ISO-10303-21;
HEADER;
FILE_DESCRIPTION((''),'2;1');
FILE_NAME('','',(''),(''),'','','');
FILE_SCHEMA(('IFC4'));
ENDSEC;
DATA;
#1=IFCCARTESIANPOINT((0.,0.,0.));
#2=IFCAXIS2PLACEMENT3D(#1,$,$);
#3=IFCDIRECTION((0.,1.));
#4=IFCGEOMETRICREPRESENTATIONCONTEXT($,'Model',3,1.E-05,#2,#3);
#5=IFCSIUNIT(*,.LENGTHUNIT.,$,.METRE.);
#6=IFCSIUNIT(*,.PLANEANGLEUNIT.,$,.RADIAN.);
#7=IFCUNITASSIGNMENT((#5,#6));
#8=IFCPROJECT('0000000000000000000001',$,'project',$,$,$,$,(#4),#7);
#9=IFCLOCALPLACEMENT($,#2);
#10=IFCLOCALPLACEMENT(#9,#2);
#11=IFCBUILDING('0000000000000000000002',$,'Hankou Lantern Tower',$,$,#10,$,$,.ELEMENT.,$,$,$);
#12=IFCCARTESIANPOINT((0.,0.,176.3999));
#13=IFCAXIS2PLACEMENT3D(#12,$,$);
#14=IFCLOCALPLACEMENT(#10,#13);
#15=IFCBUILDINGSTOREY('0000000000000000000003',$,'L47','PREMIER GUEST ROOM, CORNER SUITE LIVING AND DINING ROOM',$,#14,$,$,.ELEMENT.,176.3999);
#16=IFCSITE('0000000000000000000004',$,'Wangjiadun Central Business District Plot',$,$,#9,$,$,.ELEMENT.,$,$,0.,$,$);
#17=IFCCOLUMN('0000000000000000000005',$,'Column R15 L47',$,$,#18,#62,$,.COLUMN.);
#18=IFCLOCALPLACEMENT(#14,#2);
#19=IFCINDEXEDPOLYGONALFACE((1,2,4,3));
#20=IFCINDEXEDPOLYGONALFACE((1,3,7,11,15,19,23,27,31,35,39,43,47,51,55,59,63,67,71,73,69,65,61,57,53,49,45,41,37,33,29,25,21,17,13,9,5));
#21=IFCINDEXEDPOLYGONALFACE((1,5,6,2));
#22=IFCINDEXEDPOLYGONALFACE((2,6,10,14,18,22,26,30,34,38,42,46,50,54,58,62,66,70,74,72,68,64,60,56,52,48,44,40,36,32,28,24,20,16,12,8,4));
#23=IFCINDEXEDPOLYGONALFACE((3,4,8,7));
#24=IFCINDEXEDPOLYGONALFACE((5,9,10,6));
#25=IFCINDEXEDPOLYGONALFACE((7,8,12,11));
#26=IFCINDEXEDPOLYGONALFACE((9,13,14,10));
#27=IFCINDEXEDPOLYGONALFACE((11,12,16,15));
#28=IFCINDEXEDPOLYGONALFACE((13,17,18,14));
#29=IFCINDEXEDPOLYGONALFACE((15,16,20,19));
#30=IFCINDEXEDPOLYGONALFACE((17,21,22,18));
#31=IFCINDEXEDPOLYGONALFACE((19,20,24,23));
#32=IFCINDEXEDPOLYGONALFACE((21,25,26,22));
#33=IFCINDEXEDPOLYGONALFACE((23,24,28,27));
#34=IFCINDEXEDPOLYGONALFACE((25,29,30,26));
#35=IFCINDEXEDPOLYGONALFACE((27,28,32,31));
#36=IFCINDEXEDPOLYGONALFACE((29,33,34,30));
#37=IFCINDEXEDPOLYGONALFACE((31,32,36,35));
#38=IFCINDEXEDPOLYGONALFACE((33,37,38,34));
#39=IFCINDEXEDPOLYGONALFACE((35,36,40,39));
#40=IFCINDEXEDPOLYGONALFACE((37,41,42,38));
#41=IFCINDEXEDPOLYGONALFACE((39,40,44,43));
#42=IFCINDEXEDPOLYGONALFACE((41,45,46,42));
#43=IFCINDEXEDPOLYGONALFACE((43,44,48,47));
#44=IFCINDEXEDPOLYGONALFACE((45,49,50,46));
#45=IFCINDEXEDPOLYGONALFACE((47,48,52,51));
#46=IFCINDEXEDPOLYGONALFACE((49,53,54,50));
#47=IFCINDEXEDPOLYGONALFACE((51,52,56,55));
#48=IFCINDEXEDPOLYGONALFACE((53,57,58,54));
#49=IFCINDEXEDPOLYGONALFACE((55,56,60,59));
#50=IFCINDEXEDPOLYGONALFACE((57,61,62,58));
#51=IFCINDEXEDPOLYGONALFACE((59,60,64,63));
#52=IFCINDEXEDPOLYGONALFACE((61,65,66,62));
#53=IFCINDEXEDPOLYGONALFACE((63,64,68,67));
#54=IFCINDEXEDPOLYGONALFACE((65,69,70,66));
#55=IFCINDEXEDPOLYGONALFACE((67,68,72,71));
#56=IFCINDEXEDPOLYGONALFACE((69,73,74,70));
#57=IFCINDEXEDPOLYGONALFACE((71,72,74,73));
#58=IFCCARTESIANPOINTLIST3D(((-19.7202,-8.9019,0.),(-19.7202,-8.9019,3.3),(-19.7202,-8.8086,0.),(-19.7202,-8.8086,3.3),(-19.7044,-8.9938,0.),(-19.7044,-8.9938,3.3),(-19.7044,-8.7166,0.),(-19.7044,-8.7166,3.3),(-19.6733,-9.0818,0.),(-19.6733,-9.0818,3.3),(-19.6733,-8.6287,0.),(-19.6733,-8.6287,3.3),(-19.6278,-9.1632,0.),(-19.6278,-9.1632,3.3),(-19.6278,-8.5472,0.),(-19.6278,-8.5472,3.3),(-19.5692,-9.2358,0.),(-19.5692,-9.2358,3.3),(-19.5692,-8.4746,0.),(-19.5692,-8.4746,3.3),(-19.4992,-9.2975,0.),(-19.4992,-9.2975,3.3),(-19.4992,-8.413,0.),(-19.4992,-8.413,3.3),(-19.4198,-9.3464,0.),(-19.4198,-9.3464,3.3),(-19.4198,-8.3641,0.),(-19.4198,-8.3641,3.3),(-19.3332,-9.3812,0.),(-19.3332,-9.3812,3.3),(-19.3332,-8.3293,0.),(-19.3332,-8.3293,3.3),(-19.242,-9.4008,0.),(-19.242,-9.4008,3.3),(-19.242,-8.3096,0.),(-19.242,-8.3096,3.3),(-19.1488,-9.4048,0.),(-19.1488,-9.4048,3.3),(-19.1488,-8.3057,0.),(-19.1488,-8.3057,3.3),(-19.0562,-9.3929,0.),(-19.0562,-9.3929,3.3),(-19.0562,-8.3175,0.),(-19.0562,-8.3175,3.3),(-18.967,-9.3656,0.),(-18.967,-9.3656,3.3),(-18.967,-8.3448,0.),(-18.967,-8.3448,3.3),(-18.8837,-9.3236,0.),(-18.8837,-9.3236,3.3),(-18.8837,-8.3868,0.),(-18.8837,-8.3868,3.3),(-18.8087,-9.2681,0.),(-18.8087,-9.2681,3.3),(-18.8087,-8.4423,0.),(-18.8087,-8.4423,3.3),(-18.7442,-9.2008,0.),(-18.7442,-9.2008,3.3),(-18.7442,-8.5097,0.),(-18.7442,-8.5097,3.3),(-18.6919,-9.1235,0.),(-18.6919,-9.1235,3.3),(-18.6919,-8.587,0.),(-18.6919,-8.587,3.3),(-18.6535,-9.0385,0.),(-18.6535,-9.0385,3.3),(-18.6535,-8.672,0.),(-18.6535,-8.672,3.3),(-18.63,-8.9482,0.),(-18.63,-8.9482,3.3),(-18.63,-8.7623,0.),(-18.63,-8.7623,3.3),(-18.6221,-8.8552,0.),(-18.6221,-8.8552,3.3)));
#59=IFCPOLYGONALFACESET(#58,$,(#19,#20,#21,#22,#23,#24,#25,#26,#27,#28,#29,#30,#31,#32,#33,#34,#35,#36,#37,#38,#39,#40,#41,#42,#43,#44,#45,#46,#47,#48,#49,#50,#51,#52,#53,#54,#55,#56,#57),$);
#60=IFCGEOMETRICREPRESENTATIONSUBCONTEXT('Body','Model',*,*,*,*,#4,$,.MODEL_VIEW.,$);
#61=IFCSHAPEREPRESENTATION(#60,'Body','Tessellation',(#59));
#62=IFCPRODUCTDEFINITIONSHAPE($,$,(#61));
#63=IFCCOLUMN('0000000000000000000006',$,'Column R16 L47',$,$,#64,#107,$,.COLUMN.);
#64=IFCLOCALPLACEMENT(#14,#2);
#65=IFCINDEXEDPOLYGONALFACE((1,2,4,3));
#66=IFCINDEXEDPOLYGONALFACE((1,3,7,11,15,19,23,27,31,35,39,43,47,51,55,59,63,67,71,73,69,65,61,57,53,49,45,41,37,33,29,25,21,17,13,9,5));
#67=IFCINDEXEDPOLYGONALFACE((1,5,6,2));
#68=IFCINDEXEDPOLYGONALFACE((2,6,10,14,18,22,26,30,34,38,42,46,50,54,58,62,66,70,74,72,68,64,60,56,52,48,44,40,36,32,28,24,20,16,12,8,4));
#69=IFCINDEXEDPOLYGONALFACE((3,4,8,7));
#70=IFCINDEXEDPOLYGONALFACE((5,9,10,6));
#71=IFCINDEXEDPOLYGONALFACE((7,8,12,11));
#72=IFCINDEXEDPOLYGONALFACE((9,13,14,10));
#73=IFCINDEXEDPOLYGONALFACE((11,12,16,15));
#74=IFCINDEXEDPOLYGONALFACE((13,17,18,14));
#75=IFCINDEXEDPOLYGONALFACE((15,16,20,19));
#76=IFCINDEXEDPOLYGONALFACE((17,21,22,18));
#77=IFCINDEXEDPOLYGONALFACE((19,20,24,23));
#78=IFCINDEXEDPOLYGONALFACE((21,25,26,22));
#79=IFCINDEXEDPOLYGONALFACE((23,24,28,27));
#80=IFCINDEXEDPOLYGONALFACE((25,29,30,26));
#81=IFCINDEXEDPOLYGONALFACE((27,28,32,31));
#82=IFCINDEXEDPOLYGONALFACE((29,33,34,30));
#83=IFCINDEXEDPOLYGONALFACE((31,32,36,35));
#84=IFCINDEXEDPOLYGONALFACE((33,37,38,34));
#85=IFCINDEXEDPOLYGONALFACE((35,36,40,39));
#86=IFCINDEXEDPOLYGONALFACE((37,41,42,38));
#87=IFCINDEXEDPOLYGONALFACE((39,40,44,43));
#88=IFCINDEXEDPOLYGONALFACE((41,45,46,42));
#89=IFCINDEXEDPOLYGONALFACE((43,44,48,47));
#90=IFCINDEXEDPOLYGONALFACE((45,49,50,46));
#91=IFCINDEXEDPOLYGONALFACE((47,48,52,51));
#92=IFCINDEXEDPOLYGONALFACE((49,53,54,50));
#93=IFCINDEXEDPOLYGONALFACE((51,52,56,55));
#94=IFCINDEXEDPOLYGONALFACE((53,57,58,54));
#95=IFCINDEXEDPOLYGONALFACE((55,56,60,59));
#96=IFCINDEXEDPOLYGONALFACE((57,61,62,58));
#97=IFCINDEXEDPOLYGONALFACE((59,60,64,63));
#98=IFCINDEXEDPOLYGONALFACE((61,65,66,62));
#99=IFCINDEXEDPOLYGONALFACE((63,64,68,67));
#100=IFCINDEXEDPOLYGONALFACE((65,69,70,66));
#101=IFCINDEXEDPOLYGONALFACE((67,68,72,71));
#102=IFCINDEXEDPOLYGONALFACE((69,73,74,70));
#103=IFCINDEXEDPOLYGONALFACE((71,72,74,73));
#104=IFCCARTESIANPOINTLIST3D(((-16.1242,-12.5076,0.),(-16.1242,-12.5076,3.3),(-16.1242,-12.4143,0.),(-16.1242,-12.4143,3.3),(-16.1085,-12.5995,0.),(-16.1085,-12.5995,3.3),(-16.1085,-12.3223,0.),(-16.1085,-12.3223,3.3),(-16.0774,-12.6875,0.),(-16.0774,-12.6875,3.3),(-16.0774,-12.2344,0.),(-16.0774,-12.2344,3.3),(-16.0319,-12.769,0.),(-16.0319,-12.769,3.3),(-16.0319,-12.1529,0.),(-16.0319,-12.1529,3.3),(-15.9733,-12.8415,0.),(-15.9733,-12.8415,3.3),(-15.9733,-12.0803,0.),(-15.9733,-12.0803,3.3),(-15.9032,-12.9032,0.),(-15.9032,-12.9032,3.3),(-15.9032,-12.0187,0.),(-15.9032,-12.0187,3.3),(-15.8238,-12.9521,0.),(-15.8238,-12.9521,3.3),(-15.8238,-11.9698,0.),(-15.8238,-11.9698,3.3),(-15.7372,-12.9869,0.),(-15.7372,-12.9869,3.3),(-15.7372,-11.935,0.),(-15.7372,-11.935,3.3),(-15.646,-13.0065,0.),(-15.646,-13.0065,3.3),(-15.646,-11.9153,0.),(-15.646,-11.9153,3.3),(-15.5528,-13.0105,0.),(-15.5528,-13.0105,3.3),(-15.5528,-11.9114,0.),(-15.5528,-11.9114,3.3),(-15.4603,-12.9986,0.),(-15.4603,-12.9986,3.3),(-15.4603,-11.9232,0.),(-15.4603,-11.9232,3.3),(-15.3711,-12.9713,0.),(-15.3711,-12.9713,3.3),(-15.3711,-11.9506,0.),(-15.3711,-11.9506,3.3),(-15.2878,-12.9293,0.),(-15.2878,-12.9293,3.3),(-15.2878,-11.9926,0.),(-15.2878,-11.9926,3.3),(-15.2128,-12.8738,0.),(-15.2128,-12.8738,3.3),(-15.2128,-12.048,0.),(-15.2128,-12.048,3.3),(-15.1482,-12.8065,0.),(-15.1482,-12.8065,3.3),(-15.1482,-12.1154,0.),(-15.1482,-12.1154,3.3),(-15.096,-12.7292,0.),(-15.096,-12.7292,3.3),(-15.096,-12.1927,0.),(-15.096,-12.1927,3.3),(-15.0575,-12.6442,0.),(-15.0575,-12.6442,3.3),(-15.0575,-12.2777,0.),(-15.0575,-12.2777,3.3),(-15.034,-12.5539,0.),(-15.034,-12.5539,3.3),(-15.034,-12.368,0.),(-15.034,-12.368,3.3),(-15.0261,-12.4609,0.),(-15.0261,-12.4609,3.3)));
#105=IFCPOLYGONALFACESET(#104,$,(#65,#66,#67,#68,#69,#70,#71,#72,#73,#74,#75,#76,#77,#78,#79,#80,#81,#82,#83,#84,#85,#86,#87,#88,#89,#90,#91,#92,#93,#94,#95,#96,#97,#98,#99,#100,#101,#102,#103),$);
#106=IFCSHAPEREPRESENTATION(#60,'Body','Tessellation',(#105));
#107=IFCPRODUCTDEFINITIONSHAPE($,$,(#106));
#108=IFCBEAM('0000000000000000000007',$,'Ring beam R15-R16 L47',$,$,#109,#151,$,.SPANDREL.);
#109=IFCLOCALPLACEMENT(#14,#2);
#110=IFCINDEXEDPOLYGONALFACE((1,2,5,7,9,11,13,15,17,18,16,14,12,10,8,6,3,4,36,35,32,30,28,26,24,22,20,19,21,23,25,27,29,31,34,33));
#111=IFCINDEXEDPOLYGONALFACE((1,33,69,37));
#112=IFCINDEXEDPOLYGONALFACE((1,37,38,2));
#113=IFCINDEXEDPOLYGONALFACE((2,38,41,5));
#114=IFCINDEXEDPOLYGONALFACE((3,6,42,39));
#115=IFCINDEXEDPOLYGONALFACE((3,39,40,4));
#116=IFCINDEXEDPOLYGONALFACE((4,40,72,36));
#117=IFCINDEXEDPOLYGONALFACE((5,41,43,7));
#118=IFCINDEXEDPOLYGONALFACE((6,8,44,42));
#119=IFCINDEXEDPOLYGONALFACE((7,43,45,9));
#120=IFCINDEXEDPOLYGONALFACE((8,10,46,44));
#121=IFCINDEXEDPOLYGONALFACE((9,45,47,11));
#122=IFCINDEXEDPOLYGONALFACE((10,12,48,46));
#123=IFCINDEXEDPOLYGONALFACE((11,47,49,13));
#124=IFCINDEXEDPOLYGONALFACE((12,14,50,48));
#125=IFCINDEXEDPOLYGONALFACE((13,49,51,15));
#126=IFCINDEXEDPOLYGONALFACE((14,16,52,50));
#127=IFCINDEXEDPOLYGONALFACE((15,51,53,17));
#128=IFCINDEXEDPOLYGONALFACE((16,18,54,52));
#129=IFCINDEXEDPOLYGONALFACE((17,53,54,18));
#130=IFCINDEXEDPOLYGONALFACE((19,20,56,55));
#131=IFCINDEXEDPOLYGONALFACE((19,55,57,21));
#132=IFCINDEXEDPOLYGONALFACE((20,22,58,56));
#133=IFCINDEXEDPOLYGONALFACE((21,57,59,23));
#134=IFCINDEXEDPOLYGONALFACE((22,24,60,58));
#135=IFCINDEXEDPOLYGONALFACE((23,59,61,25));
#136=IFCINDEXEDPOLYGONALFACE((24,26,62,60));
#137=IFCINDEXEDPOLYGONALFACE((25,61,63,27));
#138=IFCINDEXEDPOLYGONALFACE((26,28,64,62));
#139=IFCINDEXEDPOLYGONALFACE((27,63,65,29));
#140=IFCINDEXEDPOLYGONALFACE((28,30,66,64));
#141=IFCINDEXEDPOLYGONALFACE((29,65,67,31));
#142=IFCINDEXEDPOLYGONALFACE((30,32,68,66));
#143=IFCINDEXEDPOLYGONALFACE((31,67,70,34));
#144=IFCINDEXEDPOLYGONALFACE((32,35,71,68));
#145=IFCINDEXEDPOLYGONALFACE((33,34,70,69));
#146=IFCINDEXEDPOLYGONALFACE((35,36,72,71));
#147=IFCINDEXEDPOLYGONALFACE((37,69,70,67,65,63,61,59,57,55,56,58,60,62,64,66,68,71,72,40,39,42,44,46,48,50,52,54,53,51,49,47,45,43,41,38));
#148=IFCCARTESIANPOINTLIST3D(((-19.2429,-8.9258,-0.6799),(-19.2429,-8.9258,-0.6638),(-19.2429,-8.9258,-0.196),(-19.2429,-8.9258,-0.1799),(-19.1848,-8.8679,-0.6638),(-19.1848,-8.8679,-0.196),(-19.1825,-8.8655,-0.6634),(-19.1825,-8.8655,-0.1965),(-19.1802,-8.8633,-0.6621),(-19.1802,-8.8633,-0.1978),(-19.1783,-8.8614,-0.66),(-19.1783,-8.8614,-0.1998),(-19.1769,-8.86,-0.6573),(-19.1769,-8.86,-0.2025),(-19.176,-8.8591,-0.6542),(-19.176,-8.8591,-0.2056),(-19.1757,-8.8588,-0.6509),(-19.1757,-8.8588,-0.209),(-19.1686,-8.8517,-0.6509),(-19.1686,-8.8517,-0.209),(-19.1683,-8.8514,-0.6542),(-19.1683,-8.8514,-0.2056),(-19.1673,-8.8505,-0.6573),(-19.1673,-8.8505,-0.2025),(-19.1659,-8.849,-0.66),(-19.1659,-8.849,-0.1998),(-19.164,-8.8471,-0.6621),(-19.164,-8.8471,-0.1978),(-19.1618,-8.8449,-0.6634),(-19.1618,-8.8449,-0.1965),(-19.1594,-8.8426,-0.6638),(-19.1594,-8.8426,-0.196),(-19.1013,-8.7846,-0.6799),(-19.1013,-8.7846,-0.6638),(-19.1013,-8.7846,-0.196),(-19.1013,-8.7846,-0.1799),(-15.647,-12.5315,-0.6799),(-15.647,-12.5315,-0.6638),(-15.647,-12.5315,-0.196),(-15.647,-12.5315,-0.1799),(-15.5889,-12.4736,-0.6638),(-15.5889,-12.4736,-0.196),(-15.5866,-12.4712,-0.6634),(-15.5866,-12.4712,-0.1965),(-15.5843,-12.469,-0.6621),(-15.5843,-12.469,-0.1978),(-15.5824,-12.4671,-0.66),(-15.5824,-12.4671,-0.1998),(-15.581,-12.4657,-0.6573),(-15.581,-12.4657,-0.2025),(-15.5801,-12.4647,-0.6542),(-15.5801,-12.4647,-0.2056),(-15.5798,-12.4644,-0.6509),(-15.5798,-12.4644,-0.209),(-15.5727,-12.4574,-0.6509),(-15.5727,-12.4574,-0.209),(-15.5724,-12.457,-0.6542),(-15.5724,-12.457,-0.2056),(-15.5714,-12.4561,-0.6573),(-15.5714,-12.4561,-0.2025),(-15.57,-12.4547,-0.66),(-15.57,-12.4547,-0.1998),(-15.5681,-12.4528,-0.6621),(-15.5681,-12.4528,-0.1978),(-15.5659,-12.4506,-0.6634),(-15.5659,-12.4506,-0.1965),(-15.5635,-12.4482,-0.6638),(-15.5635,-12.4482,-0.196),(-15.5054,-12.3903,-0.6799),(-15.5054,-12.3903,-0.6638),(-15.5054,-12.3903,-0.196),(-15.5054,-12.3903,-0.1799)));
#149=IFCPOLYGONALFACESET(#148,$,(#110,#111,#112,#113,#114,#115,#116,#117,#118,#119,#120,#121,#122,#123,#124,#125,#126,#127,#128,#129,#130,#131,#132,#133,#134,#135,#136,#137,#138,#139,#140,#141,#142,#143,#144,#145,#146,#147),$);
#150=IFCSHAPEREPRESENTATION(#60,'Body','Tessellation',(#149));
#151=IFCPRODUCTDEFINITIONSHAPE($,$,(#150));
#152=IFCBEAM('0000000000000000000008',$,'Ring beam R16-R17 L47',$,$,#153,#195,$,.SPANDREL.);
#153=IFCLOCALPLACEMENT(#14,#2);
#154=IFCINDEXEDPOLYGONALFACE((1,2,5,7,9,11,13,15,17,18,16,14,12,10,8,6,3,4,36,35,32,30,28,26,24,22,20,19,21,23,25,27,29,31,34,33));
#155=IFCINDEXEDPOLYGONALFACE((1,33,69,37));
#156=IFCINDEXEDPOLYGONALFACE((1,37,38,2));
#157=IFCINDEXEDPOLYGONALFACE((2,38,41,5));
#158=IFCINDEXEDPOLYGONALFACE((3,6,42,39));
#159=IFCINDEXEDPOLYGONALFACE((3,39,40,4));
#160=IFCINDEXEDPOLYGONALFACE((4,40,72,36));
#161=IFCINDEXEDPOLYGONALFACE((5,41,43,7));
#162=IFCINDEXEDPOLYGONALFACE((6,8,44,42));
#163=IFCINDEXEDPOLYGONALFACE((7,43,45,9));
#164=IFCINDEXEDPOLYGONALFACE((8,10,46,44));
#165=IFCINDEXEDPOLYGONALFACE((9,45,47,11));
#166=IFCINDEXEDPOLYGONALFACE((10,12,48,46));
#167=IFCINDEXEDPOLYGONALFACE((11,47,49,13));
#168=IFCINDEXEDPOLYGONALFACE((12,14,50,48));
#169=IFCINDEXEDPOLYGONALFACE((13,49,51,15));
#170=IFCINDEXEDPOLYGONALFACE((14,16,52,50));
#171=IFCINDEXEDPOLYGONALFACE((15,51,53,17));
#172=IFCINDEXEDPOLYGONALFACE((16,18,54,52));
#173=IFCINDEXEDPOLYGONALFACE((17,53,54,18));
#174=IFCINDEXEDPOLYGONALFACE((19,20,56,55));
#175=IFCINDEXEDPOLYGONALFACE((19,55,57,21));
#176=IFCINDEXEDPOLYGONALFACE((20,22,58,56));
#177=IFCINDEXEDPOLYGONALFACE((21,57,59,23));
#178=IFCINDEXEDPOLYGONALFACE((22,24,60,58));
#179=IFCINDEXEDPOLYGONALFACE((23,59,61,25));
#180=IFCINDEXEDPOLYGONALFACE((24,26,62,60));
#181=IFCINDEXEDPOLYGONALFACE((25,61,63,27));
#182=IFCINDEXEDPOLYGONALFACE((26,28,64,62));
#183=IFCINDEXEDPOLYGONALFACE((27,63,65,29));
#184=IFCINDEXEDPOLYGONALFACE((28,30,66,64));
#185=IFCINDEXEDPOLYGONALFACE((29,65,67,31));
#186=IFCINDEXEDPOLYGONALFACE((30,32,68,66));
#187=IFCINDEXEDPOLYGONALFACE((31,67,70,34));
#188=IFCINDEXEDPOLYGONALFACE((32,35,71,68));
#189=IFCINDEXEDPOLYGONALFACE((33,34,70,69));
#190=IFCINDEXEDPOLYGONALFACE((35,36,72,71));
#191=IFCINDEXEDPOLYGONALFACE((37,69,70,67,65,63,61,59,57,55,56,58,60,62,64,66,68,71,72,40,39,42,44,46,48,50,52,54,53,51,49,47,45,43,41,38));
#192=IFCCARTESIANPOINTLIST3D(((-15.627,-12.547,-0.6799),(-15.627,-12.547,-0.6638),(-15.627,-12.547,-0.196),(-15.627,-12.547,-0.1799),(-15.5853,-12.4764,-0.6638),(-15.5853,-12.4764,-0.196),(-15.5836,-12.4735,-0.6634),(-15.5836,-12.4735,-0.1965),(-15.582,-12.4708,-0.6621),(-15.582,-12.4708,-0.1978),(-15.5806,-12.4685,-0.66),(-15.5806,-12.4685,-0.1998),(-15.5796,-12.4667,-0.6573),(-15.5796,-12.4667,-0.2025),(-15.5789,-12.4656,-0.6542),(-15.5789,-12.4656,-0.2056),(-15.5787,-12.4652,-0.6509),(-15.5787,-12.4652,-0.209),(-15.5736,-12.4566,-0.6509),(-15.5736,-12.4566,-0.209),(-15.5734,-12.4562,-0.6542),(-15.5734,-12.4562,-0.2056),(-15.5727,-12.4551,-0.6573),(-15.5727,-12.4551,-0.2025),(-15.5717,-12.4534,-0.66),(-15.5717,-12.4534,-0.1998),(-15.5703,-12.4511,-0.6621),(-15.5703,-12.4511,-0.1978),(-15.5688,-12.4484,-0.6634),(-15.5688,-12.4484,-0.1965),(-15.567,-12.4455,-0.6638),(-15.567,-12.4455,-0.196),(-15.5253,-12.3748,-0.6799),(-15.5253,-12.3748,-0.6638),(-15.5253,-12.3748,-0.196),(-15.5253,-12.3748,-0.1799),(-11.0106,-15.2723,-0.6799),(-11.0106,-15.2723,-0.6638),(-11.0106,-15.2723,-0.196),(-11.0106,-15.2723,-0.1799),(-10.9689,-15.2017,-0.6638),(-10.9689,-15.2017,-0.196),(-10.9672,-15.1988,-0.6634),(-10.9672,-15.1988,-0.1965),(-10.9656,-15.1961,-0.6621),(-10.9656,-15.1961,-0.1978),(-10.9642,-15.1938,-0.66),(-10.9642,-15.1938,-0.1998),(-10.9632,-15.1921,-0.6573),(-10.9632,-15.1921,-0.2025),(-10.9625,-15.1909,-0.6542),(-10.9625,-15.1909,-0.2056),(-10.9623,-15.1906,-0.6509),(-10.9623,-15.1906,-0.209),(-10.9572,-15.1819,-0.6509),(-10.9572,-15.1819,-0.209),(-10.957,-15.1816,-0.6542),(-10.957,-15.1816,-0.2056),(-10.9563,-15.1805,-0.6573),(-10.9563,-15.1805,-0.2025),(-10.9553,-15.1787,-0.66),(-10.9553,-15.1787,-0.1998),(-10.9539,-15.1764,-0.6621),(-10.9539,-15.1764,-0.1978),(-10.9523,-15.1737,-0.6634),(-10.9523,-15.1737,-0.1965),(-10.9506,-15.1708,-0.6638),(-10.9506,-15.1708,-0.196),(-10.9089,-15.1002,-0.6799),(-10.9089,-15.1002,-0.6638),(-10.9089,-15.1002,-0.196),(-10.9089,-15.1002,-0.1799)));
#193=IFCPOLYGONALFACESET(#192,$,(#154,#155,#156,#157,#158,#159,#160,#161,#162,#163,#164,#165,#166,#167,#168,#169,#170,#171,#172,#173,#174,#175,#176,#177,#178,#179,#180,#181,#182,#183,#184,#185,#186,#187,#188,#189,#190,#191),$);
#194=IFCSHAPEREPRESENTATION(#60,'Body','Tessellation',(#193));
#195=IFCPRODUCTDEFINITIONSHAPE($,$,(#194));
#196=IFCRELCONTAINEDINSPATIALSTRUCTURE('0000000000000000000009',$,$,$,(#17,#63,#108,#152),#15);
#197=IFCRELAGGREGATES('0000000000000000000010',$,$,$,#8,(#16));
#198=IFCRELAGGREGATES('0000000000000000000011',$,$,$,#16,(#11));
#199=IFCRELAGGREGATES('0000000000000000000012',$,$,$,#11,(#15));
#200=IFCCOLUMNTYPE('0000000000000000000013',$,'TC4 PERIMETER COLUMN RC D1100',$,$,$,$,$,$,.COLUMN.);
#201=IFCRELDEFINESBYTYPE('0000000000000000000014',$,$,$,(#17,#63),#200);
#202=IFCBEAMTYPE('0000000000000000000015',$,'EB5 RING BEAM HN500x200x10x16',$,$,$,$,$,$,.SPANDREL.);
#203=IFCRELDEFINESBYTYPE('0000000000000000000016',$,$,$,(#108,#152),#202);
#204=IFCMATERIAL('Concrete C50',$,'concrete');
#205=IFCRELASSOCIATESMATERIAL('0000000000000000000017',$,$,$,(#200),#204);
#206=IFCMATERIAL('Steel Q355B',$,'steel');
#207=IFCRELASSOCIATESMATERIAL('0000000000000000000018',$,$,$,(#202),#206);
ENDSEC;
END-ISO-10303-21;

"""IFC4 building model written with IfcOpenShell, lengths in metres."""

from ifc_helpers import new_model, si_unit, direction, frame, origin, origin_2d, place, context, subcontext, project, spatial, circle, i_section, extrude, material, material_profile, profile_set, type_object, element, save


model = new_model("IFC4")

# Units and contexts
model_context = context("Model", 3, precision=1e-05, world=origin(), true_north=direction((0.0, 1.0)))
body_context = subcontext(model_context, "Body", "Model", "MODEL_VIEW")
ifc_project = project(units=[si_unit("LENGTHUNIT", "METRE"), si_unit("PLANEANGLEUNIT", "RADIAN")], contexts=[model_context])

# Site, building, storey
site_placement = place(None, origin())
site = spatial("IfcSite", under=ifc_project, at=site_placement, Name="Wangjiadun Central Business District Plot", CompositionType="ELEMENT", RefElevation=0.0)
building_placement = place(site_placement, origin())
building = spatial("IfcBuilding", under=site, at=building_placement, Name="Hankou Lantern Tower", CompositionType="ELEMENT")
storey_placement = place(building_placement, frame((0.0, 0.0, 176.3999)))
storey = spatial("IfcBuildingStorey", under=building, at=storey_placement, Name="L47", Description="PREMIER GUEST ROOM, CORNER SUITE LIVING AND DINING ROOM", CompositionType="ELEMENT", Elevation=176.3999)

# Columns
ifc_material_1 = material(Name="Concrete C50", Category="concrete")
ifc_material_profile_1 = material_profile(ifc_material_1, circle(Radius=0.55, at=origin_2d()), Name="RC D1100")
ifc_profile_set_1 = profile_set([ifc_material_profile_1], Name="Concrete C50")
column_type = type_object("IfcColumnType", Name="TC4 PERIMETER COLUMN RC D1100", PredefinedType="COLUMN", material=ifc_profile_set_1)
for number, where, z_axis, x_axis, name in (
    (1, (-19.1721, -8.8552, 0.0), (0.0, 0.0, 1.0), (1.0, 0.0, 0.0), "Column R15 L47"),
    (2, (-15.5762, -12.4609, 0.0), (0.0, 0.0, 1.0), (1.0, 0.0, 0.0), "Column R16 L47"),
):
    element("IfcColumn", number, at=place(storey_placement, frame(where, z_axis=z_axis, x_axis=x_axis)), inside=storey, type_object=column_type, Name=name, PredefinedType="COLUMN", context=body_context, shape_type="SweptSolid", body=[
        extrude(circle(Radius=0.55, at=origin_2d()), origin(), (0.0, 0.0, 1.0), 3.3),
    ])

# Beams
ifc_material_2 = material(Name="Steel Q355B", Category="steel")
ifc_material_profile_2 = material_profile(ifc_material_2, i_section(OverallWidth=0.2, OverallDepth=0.5, WebThickness=0.01, FlangeThickness=0.0161, FilletRadius=0.0129, at=origin_2d()), Name="HN500x200x10x16")
ifc_profile_set_2 = profile_set([ifc_material_profile_2], Name="Steel Q355B")
beam_type_1 = type_object("IfcBeamType", Name="EB5 RING BEAM HN500x200x10x16", PredefinedType="SPANDREL", material=ifc_profile_set_2)
beam_1_placement = place(storey_placement, frame((-19.1721, -8.8552, -0.4299), z_axis=(0.706147, -0.708065, 0.0), x_axis=(0.708065, 0.706147, 0.0)))
element("IfcBeam", 3, at=beam_1_placement, inside=storey, type_object=beam_type_1, Name="Ring beam R15-R16 L47", PredefinedType="SPANDREL", context=body_context, shape_type="SweptSolid", body=[
    extrude(i_section(OverallWidth=0.2, OverallDepth=0.5, WebThickness=0.01, FlangeThickness=0.0161, FilletRadius=0.0129, at=origin_2d()), origin(), (0.0, 0.0, 1.0), 5.0923),
])
beam_2_placement = place(storey_placement, frame((-15.5762, -12.4609, -0.4299), z_axis=(0.861136, -0.508375, 0.0), x_axis=(0.508375, 0.861136, 0.0)))
element("IfcBeam", 4, at=beam_2_placement, inside=storey, type_object=beam_type_1, Name="Ring beam R16-R17 L47", PredefinedType="SPANDREL", context=body_context, shape_type="SweptSolid", body=[
    extrude(i_section(OverallWidth=0.2, OverallDepth=0.5, WebThickness=0.01, FlangeThickness=0.0161, FilletRadius=0.0129, at=origin_2d()), origin(), (0.0, 0.0, 1.0), 5.3608),
])

save(model, "model.ifc")
